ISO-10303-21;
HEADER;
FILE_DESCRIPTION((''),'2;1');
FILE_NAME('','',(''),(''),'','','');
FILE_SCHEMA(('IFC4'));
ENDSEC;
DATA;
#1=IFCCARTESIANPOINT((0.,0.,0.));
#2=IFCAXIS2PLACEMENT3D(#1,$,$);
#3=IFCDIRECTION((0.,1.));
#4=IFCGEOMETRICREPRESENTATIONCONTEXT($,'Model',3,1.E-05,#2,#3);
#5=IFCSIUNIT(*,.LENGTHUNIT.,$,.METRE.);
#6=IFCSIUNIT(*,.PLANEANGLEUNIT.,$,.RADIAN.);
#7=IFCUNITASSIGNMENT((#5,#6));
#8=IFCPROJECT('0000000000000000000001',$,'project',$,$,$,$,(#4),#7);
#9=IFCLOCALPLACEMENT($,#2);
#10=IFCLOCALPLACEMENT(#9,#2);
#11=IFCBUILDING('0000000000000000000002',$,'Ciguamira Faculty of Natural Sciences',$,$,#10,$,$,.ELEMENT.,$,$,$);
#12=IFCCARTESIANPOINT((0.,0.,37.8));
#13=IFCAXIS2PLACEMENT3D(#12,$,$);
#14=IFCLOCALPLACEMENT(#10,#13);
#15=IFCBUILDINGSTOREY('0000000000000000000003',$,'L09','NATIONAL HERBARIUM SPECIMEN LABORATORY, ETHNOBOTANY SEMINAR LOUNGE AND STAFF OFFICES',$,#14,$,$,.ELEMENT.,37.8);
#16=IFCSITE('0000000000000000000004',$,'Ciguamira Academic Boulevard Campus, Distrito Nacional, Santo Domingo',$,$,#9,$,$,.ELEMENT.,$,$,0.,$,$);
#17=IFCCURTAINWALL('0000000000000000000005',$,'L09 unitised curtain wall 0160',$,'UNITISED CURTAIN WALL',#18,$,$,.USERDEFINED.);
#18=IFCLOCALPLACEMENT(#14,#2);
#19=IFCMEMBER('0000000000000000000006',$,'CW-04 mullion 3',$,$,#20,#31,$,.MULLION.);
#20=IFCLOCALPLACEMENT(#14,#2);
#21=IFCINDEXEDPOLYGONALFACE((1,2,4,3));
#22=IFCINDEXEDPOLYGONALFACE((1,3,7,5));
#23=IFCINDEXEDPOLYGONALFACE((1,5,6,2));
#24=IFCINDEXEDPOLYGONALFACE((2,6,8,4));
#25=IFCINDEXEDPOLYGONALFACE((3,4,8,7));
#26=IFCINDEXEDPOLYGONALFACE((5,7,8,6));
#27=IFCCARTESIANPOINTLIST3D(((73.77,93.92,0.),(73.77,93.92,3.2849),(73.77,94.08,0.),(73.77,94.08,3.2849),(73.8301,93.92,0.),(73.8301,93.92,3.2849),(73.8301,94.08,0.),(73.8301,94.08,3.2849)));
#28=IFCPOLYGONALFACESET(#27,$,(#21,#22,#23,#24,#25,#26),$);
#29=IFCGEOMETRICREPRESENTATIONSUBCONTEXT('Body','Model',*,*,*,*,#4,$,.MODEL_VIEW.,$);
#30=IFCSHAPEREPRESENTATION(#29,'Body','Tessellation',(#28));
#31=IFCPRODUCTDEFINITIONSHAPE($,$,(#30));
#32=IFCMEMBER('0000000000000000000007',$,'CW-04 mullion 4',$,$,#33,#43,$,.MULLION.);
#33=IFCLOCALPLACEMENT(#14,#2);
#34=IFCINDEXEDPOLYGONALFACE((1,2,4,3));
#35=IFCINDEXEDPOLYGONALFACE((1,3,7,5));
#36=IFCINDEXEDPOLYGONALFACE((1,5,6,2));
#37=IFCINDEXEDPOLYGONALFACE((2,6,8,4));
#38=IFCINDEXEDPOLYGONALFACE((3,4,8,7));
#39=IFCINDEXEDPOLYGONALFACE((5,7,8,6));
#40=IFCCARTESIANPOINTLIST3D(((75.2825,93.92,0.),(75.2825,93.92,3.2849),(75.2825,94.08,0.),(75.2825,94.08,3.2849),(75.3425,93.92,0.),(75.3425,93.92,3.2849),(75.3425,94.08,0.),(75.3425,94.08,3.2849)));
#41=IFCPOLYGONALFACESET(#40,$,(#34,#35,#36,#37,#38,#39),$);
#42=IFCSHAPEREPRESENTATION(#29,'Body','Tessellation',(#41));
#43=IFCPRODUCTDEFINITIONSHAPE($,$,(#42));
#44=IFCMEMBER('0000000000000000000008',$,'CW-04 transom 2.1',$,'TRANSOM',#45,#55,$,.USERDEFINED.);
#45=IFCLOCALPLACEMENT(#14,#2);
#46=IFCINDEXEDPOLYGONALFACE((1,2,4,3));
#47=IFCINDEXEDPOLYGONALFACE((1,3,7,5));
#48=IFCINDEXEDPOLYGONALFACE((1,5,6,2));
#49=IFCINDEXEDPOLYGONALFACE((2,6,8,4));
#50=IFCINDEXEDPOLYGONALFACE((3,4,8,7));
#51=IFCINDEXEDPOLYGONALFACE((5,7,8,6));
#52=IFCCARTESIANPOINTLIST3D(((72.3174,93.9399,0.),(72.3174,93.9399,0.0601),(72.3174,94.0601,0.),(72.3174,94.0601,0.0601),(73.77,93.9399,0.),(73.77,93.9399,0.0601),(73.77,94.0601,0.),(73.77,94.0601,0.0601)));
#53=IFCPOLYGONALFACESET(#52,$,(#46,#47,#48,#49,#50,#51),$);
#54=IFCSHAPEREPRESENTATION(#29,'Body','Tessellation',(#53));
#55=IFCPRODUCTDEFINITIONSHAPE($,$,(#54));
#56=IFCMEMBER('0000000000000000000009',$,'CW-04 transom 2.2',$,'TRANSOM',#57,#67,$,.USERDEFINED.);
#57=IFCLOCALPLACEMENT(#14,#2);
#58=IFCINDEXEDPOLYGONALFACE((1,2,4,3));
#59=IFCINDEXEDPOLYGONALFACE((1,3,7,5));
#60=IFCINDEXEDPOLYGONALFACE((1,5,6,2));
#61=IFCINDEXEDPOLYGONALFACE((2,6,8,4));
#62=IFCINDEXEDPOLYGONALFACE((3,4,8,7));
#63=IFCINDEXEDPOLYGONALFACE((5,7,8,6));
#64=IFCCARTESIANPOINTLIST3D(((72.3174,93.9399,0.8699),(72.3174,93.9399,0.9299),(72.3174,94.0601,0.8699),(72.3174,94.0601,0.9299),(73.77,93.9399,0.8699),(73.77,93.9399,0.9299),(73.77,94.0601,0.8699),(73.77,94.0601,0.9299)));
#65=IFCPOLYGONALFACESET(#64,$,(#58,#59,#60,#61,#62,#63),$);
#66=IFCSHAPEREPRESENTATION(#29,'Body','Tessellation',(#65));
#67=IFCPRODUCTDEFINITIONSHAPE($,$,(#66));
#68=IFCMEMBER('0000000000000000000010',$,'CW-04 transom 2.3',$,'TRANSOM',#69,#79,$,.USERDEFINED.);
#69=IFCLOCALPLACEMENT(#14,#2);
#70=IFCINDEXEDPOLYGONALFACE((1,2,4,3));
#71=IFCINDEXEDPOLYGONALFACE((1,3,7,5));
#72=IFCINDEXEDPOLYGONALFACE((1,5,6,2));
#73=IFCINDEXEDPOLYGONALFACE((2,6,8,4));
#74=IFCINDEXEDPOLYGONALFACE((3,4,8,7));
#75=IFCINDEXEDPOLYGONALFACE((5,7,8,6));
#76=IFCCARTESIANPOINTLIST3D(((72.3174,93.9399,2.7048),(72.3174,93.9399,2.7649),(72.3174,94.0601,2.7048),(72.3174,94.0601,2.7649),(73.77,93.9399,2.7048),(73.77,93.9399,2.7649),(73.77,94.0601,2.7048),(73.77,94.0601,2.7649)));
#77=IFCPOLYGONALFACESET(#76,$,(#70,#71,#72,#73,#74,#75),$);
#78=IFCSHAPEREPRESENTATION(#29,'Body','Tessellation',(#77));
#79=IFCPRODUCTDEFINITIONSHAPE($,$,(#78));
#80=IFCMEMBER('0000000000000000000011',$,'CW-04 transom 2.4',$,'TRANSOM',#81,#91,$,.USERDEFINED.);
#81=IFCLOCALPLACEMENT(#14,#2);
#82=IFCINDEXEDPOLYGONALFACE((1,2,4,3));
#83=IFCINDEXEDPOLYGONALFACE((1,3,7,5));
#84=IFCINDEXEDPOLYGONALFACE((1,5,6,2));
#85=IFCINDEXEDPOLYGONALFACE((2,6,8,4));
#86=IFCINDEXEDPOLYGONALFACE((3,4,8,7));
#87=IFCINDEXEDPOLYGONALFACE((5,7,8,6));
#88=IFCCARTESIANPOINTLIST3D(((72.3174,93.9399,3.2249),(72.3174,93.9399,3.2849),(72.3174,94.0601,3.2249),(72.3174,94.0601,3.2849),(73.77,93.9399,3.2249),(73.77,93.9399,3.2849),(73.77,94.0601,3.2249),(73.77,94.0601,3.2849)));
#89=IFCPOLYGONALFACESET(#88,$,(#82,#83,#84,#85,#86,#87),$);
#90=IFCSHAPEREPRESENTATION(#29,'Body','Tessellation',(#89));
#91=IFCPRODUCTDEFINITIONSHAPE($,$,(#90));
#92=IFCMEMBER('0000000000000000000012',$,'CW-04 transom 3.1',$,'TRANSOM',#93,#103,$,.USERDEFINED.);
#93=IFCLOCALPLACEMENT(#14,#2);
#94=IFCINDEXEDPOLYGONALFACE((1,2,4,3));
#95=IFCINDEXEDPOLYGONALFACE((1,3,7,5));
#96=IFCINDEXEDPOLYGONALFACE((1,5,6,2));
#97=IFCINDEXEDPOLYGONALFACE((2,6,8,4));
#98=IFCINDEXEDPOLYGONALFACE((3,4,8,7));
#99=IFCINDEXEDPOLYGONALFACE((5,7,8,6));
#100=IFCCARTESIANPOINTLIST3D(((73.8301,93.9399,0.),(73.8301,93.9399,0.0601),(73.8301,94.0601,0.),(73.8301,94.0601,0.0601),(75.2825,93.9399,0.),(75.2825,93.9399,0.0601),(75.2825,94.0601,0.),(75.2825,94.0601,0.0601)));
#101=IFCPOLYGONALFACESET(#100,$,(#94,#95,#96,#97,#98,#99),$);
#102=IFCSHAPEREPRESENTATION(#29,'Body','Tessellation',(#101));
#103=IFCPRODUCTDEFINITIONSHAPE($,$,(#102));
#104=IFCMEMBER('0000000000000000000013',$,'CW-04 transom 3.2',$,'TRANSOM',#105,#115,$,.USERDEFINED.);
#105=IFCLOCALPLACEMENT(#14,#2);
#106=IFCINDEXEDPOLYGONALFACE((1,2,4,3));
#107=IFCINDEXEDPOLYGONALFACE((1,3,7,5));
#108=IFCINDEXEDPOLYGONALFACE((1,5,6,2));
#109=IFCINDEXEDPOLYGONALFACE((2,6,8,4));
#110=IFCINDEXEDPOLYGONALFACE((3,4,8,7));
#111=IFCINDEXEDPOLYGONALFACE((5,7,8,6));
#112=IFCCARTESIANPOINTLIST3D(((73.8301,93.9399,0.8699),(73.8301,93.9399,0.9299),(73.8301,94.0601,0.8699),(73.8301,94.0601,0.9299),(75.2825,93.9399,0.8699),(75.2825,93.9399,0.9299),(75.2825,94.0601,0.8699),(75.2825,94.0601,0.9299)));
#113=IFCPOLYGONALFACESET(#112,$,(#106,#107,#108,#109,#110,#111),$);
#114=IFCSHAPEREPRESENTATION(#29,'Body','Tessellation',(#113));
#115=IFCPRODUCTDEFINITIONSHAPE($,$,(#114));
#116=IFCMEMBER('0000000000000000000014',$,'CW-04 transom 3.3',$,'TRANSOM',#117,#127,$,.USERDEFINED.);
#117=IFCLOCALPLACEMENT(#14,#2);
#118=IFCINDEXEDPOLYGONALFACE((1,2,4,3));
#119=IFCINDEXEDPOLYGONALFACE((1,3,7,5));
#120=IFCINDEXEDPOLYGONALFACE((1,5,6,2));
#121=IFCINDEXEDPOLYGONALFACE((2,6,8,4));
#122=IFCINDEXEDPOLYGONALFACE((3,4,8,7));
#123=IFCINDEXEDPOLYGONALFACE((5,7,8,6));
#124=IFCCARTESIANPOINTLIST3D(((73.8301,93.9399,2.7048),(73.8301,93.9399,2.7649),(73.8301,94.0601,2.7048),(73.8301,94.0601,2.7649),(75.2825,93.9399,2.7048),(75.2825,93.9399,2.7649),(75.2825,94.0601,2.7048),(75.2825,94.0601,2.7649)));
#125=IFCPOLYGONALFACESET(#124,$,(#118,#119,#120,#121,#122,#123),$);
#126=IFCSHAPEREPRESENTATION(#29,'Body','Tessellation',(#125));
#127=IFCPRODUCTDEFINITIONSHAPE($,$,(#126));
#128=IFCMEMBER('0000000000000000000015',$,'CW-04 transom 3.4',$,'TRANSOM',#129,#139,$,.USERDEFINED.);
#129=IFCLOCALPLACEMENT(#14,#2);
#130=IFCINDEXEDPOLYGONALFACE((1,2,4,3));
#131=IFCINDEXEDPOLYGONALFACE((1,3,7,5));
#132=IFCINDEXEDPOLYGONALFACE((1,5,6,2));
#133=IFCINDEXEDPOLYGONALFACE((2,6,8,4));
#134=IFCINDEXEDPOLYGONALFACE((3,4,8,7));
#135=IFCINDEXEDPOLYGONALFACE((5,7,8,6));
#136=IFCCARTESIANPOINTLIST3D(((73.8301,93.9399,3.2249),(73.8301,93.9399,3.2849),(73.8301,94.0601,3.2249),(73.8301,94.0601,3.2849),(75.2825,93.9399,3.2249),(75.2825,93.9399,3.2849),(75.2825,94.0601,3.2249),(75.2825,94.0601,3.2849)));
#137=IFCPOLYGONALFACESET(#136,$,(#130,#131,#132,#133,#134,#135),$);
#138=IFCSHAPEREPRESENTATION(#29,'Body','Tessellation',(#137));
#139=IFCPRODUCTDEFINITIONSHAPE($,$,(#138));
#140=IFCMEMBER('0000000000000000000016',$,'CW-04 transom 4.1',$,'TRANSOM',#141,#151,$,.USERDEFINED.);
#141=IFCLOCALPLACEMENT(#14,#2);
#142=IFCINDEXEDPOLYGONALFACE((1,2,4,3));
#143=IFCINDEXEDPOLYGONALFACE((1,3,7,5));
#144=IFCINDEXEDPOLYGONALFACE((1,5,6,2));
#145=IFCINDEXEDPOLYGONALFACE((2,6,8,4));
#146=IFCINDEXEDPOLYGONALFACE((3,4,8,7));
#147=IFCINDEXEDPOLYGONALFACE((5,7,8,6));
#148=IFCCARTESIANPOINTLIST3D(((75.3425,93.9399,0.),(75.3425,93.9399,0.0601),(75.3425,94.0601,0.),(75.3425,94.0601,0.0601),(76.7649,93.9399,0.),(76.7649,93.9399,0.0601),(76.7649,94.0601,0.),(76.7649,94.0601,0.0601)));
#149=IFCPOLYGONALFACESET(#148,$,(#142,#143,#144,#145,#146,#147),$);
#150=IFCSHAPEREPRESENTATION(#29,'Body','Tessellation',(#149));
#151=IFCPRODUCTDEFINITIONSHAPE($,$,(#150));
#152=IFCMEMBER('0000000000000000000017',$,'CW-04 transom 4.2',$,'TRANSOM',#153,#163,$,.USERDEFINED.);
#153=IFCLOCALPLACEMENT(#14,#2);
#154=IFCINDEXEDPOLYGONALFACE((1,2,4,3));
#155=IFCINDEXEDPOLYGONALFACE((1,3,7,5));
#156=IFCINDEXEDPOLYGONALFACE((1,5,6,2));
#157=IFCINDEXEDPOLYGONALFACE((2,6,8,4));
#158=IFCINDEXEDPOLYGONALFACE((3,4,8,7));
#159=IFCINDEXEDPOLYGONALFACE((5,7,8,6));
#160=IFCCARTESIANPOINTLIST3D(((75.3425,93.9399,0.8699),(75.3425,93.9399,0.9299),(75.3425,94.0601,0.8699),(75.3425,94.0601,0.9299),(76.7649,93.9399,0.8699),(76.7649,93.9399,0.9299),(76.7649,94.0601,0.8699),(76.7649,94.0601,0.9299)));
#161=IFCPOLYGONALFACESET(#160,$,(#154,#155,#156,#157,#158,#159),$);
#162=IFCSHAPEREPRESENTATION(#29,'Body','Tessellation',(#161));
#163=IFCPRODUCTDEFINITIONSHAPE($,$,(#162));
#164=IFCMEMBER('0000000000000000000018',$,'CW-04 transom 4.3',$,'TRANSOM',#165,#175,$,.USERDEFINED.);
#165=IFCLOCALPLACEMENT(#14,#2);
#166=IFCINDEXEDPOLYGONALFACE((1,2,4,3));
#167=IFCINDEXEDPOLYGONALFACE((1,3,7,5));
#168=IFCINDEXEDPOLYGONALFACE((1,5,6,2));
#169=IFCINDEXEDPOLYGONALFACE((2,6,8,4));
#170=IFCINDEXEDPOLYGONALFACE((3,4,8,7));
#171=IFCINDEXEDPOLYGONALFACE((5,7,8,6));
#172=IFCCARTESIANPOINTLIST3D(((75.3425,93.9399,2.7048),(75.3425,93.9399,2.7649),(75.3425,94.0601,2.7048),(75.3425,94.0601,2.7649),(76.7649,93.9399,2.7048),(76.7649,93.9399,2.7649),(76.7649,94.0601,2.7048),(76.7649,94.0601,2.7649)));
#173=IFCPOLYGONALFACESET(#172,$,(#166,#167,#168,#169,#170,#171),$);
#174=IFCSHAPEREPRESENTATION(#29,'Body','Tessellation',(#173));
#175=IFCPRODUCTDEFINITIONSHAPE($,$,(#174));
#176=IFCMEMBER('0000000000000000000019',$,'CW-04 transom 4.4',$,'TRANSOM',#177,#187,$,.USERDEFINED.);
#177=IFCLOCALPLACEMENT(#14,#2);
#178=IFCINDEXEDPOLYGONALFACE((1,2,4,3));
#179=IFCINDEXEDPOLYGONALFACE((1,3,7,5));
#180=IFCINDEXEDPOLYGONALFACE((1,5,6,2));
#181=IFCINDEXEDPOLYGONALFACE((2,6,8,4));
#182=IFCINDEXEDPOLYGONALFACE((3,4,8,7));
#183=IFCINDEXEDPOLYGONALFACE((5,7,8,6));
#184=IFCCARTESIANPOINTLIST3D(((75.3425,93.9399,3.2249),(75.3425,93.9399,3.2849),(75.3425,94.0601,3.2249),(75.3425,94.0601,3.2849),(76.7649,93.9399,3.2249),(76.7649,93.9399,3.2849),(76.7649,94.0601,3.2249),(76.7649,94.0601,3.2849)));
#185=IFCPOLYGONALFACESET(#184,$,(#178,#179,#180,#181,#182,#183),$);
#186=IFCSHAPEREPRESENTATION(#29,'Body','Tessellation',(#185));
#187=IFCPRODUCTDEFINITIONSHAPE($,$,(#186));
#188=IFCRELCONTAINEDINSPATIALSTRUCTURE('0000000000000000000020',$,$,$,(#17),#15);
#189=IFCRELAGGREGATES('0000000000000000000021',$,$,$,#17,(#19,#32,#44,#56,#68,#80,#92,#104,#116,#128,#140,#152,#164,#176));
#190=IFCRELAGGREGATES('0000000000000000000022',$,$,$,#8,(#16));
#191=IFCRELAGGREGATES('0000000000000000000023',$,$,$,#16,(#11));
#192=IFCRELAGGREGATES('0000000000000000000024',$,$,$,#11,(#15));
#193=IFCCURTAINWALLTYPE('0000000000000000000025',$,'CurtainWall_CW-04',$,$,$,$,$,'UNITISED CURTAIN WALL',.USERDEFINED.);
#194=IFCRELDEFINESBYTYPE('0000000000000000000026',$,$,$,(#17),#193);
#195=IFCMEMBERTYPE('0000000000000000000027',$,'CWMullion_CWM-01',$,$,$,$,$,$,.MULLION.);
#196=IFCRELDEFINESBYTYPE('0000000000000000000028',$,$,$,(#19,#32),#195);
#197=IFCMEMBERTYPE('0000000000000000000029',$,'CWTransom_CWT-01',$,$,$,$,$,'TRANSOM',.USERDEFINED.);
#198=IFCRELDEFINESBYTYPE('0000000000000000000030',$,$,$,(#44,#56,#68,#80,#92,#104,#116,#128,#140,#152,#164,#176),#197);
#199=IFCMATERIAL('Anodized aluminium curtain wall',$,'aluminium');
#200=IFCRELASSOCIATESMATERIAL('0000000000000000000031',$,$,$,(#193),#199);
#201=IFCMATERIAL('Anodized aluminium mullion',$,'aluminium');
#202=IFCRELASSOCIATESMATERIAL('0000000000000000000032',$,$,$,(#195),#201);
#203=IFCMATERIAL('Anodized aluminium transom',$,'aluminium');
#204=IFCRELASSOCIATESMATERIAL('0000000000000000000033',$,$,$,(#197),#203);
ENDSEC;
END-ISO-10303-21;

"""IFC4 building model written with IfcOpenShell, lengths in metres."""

from ifc_helpers import new_model, si_unit, direction, frame, origin, origin_2d, place, context, subcontext, project, spatial, rectangle, extrude, material, material_profile, profile_set, type_object, element, aggregate, save


model = new_model("IFC4")

# Units and contexts
model_context = context("Model", 3, precision=1e-05, world=origin(), true_north=direction((0.0, 1.0)))
body_context = subcontext(model_context, "Body", "Model", "MODEL_VIEW")
ifc_project = project(units=[si_unit("LENGTHUNIT", "METRE"), si_unit("PLANEANGLEUNIT", "RADIAN")], contexts=[model_context])

# Site, building, storey
site_placement = place(None, origin())
site = spatial("IfcSite", under=ifc_project, at=site_placement, Name="Ciguamira Academic Boulevard Campus, Distrito Nacional, Santo Domingo", CompositionType="ELEMENT", RefElevation=0.0)
building_placement = place(site_placement, origin())
building = spatial("IfcBuilding", under=site, at=building_placement, Name="Ciguamira Faculty of Natural Sciences", CompositionType="ELEMENT")
storey_placement = place(building_placement, frame((0.0, 0.0, 37.8)))
storey = spatial("IfcBuildingStorey", under=building, at=storey_placement, Name="L09", Description="NATIONAL HERBARIUM SPECIMEN LABORATORY, ETHNOBOTANY SEMINAR LOUNGE AND STAFF OFFICES", CompositionType="ELEMENT", Elevation=37.8)

# Curtain wall, members
ifc_material_1 = material(Name="Anodized aluminium curtain wall", Category="aluminium")
curtain_wall_type = type_object("IfcCurtainWallType", Name="CurtainWall_CW-04", ElementType="UNITISED CURTAIN WALL", PredefinedType="USERDEFINED", material=ifc_material_1)
curtain_wall_placement = place(storey_placement, origin())
curtain_wall = element("IfcCurtainWall", 1, at=curtain_wall_placement, inside=storey, type_object=curtain_wall_type, Name="L09 unitised curtain wall 0160", ObjectType="UNITISED CURTAIN WALL", PredefinedType="USERDEFINED")
ifc_material_2 = material(Name="Anodized aluminium mullion", Category="aluminium")
ifc_material_profile_1 = material_profile(ifc_material_2, rectangle(XDim=0.0601, YDim=0.1599, at=origin_2d()), Name="ALU-MUL-60X160")
ifc_profile_set_1 = profile_set([ifc_material_profile_1], Name="Anodized aluminium mullion")
member_type_1 = type_object("IfcMemberType", Name="CWMullion_CWM-01", PredefinedType="MULLION", material=ifc_profile_set_1)
member_1_placement = place(storey_placement, frame((73.8, 94.0, 0.0), z_axis=(0.0, 0.0, 1.0), x_axis=(1.0, 0.0, 0.0)))
member_1 = element("IfcMember", 2, at=member_1_placement, type_object=member_type_1, Name="CW-04 mullion 3", PredefinedType="MULLION", context=body_context, shape_type="SweptSolid", body=[
    extrude(rectangle(XDim=0.0601, YDim=0.1599, at=origin_2d()), origin(), (0.0, 0.0, 1.0), 3.2849),
])
member_2_placement = place(storey_placement, frame((75.3125, 94.0, 0.0), z_axis=(0.0, 0.0, 1.0), x_axis=(1.0, 0.0, 0.0)))
member_2 = element("IfcMember", 3, at=member_2_placement, type_object=member_type_1, Name="CW-04 mullion 4", PredefinedType="MULLION", context=body_context, shape_type="SweptSolid", body=[
    extrude(rectangle(XDim=0.0601, YDim=0.1599, at=origin_2d()), origin(), (0.0, 0.0, 1.0), 3.2849),
])
ifc_material_3 = material(Name="Anodized aluminium transom", Category="aluminium")
ifc_material_profile_2 = material_profile(ifc_material_3, rectangle(XDim=0.0601, YDim=0.1201, at=origin_2d()), Name="ALU-TRN-60X120")
ifc_profile_set_2 = profile_set([ifc_material_profile_2], Name="Anodized aluminium transom")
member_type_2 = type_object("IfcMemberType", Name="CWTransom_CWT-01", ElementType="TRANSOM", PredefinedType="USERDEFINED", material=ifc_profile_set_2)
member_3_placement = place(storey_placement, frame((72.3174, 94.0, 0.03), z_axis=(1.0, 0.0, 0.0), x_axis=(0.0, 0.0, 1.0)))
member_3 = element("IfcMember", 4, at=member_3_placement, type_object=member_type_2, Name="CW-04 transom 2.1", ObjectType="TRANSOM", PredefinedType="USERDEFINED", context=body_context, shape_type="SweptSolid", body=[
    extrude(rectangle(XDim=0.0601, YDim=0.1201, at=origin_2d()), origin(), (0.0, 0.0, 1.0), 1.4526),
])
member_4_placement = place(storey_placement, frame((72.3174, 94.0, 0.8999), z_axis=(1.0, 0.0, 0.0), x_axis=(0.0, 0.0, 1.0)))
member_4 = element("IfcMember", 5, at=member_4_placement, type_object=member_type_2, Name="CW-04 transom 2.2", ObjectType="TRANSOM", PredefinedType="USERDEFINED", context=body_context, shape_type="SweptSolid", body=[
    extrude(rectangle(XDim=0.0601, YDim=0.1201, at=origin_2d()), origin(), (0.0, 0.0, 1.0), 1.4526),
])
member_5_placement = place(storey_placement, frame((72.3174, 94.0, 2.7349), z_axis=(1.0, 0.0, 0.0), x_axis=(0.0, 0.0, 1.0)))
member_5 = element("IfcMember", 6, at=member_5_placement, type_object=member_type_2, Name="CW-04 transom 2.3", ObjectType="TRANSOM", PredefinedType="USERDEFINED", context=body_context, shape_type="SweptSolid", body=[
    extrude(rectangle(XDim=0.0601, YDim=0.1201, at=origin_2d()), origin(), (0.0, 0.0, 1.0), 1.4526),
])
member_6_placement = place(storey_placement, frame((72.3174, 94.0, 3.2549), z_axis=(1.0, 0.0, 0.0), x_axis=(0.0, 0.0, 1.0)))
member_6 = element("IfcMember", 7, at=member_6_placement, type_object=member_type_2, Name="CW-04 transom 2.4", ObjectType="TRANSOM", PredefinedType="USERDEFINED", context=body_context, shape_type="SweptSolid", body=[
    extrude(rectangle(XDim=0.0601, YDim=0.1201, at=origin_2d()), origin(), (0.0, 0.0, 1.0), 1.4526),
])
member_7_placement = place(storey_placement, frame((73.8301, 94.0, 0.03), z_axis=(1.0, 0.0, 0.0), x_axis=(0.0, 0.0, 1.0)))
member_7 = element("IfcMember", 8, at=member_7_placement, type_object=member_type_2, Name="CW-04 transom 3.1", ObjectType="TRANSOM", PredefinedType="USERDEFINED", context=body_context, shape_type="SweptSolid", body=[
    extrude(rectangle(XDim=0.0601, YDim=0.1201, at=origin_2d()), origin(), (0.0, 0.0, 1.0), 1.4524),
])
member_8_placement = place(storey_placement, frame((73.8301, 94.0, 0.8999), z_axis=(1.0, 0.0, 0.0), x_axis=(0.0, 0.0, 1.0)))
member_8 = element("IfcMember", 9, at=member_8_placement, type_object=member_type_2, Name="CW-04 transom 3.2", ObjectType="TRANSOM", PredefinedType="USERDEFINED", context=body_context, shape_type="SweptSolid", body=[
    extrude(rectangle(XDim=0.0601, YDim=0.1201, at=origin_2d()), origin(), (0.0, 0.0, 1.0), 1.4524),
])
member_9_placement = place(storey_placement, frame((73.8301, 94.0, 2.7349), z_axis=(1.0, 0.0, 0.0), x_axis=(0.0, 0.0, 1.0)))
member_9 = element("IfcMember", 10, at=member_9_placement, type_object=member_type_2, Name="CW-04 transom 3.3", ObjectType="TRANSOM", PredefinedType="USERDEFINED", context=body_context, shape_type="SweptSolid", body=[
    extrude(rectangle(XDim=0.0601, YDim=0.1201, at=origin_2d()), origin(), (0.0, 0.0, 1.0), 1.4524),
])
member_10_placement = place(storey_placement, frame((73.8301, 94.0, 3.2549), z_axis=(1.0, 0.0, 0.0), x_axis=(0.0, 0.0, 1.0)))
member_10 = element("IfcMember", 11, at=member_10_placement, type_object=member_type_2, Name="CW-04 transom 3.4", ObjectType="TRANSOM", PredefinedType="USERDEFINED", context=body_context, shape_type="SweptSolid", body=[
    extrude(rectangle(XDim=0.0601, YDim=0.1201, at=origin_2d()), origin(), (0.0, 0.0, 1.0), 1.4524),
])
member_11_placement = place(storey_placement, frame((75.3425, 94.0, 0.03), z_axis=(1.0, 0.0, 0.0), x_axis=(0.0, 0.0, 1.0)))
member_11 = element("IfcMember", 12, at=member_11_placement, type_object=member_type_2, Name="CW-04 transom 4.1", ObjectType="TRANSOM", PredefinedType="USERDEFINED", context=body_context, shape_type="SweptSolid", body=[
    extrude(rectangle(XDim=0.0601, YDim=0.1201, at=origin_2d()), origin(), (0.0, 0.0, 1.0), 1.4224),
])
member_12_placement = place(storey_placement, frame((75.3425, 94.0, 0.8999), z_axis=(1.0, 0.0, 0.0), x_axis=(0.0, 0.0, 1.0)))
member_12 = element("IfcMember", 13, at=member_12_placement, type_object=member_type_2, Name="CW-04 transom 4.2", ObjectType="TRANSOM", PredefinedType="USERDEFINED", context=body_context, shape_type="SweptSolid", body=[
    extrude(rectangle(XDim=0.0601, YDim=0.1201, at=origin_2d()), origin(), (0.0, 0.0, 1.0), 1.4224),
])
member_13_placement = place(storey_placement, frame((75.3425, 94.0, 2.7349), z_axis=(1.0, 0.0, 0.0), x_axis=(0.0, 0.0, 1.0)))
member_13 = element("IfcMember", 14, at=member_13_placement, type_object=member_type_2, Name="CW-04 transom 4.3", ObjectType="TRANSOM", PredefinedType="USERDEFINED", context=body_context, shape_type="SweptSolid", body=[
    extrude(rectangle(XDim=0.0601, YDim=0.1201, at=origin_2d()), origin(), (0.0, 0.0, 1.0), 1.4224),
])
member_14_placement = place(storey_placement, frame((75.3425, 94.0, 3.2549), z_axis=(1.0, 0.0, 0.0), x_axis=(0.0, 0.0, 1.0)))
member_14 = element("IfcMember", 15, at=member_14_placement, type_object=member_type_2, Name="CW-04 transom 4.4", ObjectType="TRANSOM", PredefinedType="USERDEFINED", context=body_context, shape_type="SweptSolid", body=[
    extrude(rectangle(XDim=0.0601, YDim=0.1201, at=origin_2d()), origin(), (0.0, 0.0, 1.0), 1.4224),
])
aggregate(curtain_wall, [member_1, member_2, member_3, member_4, member_5, member_6, member_7, member_8, member_9, member_10, member_11, member_12, member_13, member_14])

save(model, "model.ifc")
